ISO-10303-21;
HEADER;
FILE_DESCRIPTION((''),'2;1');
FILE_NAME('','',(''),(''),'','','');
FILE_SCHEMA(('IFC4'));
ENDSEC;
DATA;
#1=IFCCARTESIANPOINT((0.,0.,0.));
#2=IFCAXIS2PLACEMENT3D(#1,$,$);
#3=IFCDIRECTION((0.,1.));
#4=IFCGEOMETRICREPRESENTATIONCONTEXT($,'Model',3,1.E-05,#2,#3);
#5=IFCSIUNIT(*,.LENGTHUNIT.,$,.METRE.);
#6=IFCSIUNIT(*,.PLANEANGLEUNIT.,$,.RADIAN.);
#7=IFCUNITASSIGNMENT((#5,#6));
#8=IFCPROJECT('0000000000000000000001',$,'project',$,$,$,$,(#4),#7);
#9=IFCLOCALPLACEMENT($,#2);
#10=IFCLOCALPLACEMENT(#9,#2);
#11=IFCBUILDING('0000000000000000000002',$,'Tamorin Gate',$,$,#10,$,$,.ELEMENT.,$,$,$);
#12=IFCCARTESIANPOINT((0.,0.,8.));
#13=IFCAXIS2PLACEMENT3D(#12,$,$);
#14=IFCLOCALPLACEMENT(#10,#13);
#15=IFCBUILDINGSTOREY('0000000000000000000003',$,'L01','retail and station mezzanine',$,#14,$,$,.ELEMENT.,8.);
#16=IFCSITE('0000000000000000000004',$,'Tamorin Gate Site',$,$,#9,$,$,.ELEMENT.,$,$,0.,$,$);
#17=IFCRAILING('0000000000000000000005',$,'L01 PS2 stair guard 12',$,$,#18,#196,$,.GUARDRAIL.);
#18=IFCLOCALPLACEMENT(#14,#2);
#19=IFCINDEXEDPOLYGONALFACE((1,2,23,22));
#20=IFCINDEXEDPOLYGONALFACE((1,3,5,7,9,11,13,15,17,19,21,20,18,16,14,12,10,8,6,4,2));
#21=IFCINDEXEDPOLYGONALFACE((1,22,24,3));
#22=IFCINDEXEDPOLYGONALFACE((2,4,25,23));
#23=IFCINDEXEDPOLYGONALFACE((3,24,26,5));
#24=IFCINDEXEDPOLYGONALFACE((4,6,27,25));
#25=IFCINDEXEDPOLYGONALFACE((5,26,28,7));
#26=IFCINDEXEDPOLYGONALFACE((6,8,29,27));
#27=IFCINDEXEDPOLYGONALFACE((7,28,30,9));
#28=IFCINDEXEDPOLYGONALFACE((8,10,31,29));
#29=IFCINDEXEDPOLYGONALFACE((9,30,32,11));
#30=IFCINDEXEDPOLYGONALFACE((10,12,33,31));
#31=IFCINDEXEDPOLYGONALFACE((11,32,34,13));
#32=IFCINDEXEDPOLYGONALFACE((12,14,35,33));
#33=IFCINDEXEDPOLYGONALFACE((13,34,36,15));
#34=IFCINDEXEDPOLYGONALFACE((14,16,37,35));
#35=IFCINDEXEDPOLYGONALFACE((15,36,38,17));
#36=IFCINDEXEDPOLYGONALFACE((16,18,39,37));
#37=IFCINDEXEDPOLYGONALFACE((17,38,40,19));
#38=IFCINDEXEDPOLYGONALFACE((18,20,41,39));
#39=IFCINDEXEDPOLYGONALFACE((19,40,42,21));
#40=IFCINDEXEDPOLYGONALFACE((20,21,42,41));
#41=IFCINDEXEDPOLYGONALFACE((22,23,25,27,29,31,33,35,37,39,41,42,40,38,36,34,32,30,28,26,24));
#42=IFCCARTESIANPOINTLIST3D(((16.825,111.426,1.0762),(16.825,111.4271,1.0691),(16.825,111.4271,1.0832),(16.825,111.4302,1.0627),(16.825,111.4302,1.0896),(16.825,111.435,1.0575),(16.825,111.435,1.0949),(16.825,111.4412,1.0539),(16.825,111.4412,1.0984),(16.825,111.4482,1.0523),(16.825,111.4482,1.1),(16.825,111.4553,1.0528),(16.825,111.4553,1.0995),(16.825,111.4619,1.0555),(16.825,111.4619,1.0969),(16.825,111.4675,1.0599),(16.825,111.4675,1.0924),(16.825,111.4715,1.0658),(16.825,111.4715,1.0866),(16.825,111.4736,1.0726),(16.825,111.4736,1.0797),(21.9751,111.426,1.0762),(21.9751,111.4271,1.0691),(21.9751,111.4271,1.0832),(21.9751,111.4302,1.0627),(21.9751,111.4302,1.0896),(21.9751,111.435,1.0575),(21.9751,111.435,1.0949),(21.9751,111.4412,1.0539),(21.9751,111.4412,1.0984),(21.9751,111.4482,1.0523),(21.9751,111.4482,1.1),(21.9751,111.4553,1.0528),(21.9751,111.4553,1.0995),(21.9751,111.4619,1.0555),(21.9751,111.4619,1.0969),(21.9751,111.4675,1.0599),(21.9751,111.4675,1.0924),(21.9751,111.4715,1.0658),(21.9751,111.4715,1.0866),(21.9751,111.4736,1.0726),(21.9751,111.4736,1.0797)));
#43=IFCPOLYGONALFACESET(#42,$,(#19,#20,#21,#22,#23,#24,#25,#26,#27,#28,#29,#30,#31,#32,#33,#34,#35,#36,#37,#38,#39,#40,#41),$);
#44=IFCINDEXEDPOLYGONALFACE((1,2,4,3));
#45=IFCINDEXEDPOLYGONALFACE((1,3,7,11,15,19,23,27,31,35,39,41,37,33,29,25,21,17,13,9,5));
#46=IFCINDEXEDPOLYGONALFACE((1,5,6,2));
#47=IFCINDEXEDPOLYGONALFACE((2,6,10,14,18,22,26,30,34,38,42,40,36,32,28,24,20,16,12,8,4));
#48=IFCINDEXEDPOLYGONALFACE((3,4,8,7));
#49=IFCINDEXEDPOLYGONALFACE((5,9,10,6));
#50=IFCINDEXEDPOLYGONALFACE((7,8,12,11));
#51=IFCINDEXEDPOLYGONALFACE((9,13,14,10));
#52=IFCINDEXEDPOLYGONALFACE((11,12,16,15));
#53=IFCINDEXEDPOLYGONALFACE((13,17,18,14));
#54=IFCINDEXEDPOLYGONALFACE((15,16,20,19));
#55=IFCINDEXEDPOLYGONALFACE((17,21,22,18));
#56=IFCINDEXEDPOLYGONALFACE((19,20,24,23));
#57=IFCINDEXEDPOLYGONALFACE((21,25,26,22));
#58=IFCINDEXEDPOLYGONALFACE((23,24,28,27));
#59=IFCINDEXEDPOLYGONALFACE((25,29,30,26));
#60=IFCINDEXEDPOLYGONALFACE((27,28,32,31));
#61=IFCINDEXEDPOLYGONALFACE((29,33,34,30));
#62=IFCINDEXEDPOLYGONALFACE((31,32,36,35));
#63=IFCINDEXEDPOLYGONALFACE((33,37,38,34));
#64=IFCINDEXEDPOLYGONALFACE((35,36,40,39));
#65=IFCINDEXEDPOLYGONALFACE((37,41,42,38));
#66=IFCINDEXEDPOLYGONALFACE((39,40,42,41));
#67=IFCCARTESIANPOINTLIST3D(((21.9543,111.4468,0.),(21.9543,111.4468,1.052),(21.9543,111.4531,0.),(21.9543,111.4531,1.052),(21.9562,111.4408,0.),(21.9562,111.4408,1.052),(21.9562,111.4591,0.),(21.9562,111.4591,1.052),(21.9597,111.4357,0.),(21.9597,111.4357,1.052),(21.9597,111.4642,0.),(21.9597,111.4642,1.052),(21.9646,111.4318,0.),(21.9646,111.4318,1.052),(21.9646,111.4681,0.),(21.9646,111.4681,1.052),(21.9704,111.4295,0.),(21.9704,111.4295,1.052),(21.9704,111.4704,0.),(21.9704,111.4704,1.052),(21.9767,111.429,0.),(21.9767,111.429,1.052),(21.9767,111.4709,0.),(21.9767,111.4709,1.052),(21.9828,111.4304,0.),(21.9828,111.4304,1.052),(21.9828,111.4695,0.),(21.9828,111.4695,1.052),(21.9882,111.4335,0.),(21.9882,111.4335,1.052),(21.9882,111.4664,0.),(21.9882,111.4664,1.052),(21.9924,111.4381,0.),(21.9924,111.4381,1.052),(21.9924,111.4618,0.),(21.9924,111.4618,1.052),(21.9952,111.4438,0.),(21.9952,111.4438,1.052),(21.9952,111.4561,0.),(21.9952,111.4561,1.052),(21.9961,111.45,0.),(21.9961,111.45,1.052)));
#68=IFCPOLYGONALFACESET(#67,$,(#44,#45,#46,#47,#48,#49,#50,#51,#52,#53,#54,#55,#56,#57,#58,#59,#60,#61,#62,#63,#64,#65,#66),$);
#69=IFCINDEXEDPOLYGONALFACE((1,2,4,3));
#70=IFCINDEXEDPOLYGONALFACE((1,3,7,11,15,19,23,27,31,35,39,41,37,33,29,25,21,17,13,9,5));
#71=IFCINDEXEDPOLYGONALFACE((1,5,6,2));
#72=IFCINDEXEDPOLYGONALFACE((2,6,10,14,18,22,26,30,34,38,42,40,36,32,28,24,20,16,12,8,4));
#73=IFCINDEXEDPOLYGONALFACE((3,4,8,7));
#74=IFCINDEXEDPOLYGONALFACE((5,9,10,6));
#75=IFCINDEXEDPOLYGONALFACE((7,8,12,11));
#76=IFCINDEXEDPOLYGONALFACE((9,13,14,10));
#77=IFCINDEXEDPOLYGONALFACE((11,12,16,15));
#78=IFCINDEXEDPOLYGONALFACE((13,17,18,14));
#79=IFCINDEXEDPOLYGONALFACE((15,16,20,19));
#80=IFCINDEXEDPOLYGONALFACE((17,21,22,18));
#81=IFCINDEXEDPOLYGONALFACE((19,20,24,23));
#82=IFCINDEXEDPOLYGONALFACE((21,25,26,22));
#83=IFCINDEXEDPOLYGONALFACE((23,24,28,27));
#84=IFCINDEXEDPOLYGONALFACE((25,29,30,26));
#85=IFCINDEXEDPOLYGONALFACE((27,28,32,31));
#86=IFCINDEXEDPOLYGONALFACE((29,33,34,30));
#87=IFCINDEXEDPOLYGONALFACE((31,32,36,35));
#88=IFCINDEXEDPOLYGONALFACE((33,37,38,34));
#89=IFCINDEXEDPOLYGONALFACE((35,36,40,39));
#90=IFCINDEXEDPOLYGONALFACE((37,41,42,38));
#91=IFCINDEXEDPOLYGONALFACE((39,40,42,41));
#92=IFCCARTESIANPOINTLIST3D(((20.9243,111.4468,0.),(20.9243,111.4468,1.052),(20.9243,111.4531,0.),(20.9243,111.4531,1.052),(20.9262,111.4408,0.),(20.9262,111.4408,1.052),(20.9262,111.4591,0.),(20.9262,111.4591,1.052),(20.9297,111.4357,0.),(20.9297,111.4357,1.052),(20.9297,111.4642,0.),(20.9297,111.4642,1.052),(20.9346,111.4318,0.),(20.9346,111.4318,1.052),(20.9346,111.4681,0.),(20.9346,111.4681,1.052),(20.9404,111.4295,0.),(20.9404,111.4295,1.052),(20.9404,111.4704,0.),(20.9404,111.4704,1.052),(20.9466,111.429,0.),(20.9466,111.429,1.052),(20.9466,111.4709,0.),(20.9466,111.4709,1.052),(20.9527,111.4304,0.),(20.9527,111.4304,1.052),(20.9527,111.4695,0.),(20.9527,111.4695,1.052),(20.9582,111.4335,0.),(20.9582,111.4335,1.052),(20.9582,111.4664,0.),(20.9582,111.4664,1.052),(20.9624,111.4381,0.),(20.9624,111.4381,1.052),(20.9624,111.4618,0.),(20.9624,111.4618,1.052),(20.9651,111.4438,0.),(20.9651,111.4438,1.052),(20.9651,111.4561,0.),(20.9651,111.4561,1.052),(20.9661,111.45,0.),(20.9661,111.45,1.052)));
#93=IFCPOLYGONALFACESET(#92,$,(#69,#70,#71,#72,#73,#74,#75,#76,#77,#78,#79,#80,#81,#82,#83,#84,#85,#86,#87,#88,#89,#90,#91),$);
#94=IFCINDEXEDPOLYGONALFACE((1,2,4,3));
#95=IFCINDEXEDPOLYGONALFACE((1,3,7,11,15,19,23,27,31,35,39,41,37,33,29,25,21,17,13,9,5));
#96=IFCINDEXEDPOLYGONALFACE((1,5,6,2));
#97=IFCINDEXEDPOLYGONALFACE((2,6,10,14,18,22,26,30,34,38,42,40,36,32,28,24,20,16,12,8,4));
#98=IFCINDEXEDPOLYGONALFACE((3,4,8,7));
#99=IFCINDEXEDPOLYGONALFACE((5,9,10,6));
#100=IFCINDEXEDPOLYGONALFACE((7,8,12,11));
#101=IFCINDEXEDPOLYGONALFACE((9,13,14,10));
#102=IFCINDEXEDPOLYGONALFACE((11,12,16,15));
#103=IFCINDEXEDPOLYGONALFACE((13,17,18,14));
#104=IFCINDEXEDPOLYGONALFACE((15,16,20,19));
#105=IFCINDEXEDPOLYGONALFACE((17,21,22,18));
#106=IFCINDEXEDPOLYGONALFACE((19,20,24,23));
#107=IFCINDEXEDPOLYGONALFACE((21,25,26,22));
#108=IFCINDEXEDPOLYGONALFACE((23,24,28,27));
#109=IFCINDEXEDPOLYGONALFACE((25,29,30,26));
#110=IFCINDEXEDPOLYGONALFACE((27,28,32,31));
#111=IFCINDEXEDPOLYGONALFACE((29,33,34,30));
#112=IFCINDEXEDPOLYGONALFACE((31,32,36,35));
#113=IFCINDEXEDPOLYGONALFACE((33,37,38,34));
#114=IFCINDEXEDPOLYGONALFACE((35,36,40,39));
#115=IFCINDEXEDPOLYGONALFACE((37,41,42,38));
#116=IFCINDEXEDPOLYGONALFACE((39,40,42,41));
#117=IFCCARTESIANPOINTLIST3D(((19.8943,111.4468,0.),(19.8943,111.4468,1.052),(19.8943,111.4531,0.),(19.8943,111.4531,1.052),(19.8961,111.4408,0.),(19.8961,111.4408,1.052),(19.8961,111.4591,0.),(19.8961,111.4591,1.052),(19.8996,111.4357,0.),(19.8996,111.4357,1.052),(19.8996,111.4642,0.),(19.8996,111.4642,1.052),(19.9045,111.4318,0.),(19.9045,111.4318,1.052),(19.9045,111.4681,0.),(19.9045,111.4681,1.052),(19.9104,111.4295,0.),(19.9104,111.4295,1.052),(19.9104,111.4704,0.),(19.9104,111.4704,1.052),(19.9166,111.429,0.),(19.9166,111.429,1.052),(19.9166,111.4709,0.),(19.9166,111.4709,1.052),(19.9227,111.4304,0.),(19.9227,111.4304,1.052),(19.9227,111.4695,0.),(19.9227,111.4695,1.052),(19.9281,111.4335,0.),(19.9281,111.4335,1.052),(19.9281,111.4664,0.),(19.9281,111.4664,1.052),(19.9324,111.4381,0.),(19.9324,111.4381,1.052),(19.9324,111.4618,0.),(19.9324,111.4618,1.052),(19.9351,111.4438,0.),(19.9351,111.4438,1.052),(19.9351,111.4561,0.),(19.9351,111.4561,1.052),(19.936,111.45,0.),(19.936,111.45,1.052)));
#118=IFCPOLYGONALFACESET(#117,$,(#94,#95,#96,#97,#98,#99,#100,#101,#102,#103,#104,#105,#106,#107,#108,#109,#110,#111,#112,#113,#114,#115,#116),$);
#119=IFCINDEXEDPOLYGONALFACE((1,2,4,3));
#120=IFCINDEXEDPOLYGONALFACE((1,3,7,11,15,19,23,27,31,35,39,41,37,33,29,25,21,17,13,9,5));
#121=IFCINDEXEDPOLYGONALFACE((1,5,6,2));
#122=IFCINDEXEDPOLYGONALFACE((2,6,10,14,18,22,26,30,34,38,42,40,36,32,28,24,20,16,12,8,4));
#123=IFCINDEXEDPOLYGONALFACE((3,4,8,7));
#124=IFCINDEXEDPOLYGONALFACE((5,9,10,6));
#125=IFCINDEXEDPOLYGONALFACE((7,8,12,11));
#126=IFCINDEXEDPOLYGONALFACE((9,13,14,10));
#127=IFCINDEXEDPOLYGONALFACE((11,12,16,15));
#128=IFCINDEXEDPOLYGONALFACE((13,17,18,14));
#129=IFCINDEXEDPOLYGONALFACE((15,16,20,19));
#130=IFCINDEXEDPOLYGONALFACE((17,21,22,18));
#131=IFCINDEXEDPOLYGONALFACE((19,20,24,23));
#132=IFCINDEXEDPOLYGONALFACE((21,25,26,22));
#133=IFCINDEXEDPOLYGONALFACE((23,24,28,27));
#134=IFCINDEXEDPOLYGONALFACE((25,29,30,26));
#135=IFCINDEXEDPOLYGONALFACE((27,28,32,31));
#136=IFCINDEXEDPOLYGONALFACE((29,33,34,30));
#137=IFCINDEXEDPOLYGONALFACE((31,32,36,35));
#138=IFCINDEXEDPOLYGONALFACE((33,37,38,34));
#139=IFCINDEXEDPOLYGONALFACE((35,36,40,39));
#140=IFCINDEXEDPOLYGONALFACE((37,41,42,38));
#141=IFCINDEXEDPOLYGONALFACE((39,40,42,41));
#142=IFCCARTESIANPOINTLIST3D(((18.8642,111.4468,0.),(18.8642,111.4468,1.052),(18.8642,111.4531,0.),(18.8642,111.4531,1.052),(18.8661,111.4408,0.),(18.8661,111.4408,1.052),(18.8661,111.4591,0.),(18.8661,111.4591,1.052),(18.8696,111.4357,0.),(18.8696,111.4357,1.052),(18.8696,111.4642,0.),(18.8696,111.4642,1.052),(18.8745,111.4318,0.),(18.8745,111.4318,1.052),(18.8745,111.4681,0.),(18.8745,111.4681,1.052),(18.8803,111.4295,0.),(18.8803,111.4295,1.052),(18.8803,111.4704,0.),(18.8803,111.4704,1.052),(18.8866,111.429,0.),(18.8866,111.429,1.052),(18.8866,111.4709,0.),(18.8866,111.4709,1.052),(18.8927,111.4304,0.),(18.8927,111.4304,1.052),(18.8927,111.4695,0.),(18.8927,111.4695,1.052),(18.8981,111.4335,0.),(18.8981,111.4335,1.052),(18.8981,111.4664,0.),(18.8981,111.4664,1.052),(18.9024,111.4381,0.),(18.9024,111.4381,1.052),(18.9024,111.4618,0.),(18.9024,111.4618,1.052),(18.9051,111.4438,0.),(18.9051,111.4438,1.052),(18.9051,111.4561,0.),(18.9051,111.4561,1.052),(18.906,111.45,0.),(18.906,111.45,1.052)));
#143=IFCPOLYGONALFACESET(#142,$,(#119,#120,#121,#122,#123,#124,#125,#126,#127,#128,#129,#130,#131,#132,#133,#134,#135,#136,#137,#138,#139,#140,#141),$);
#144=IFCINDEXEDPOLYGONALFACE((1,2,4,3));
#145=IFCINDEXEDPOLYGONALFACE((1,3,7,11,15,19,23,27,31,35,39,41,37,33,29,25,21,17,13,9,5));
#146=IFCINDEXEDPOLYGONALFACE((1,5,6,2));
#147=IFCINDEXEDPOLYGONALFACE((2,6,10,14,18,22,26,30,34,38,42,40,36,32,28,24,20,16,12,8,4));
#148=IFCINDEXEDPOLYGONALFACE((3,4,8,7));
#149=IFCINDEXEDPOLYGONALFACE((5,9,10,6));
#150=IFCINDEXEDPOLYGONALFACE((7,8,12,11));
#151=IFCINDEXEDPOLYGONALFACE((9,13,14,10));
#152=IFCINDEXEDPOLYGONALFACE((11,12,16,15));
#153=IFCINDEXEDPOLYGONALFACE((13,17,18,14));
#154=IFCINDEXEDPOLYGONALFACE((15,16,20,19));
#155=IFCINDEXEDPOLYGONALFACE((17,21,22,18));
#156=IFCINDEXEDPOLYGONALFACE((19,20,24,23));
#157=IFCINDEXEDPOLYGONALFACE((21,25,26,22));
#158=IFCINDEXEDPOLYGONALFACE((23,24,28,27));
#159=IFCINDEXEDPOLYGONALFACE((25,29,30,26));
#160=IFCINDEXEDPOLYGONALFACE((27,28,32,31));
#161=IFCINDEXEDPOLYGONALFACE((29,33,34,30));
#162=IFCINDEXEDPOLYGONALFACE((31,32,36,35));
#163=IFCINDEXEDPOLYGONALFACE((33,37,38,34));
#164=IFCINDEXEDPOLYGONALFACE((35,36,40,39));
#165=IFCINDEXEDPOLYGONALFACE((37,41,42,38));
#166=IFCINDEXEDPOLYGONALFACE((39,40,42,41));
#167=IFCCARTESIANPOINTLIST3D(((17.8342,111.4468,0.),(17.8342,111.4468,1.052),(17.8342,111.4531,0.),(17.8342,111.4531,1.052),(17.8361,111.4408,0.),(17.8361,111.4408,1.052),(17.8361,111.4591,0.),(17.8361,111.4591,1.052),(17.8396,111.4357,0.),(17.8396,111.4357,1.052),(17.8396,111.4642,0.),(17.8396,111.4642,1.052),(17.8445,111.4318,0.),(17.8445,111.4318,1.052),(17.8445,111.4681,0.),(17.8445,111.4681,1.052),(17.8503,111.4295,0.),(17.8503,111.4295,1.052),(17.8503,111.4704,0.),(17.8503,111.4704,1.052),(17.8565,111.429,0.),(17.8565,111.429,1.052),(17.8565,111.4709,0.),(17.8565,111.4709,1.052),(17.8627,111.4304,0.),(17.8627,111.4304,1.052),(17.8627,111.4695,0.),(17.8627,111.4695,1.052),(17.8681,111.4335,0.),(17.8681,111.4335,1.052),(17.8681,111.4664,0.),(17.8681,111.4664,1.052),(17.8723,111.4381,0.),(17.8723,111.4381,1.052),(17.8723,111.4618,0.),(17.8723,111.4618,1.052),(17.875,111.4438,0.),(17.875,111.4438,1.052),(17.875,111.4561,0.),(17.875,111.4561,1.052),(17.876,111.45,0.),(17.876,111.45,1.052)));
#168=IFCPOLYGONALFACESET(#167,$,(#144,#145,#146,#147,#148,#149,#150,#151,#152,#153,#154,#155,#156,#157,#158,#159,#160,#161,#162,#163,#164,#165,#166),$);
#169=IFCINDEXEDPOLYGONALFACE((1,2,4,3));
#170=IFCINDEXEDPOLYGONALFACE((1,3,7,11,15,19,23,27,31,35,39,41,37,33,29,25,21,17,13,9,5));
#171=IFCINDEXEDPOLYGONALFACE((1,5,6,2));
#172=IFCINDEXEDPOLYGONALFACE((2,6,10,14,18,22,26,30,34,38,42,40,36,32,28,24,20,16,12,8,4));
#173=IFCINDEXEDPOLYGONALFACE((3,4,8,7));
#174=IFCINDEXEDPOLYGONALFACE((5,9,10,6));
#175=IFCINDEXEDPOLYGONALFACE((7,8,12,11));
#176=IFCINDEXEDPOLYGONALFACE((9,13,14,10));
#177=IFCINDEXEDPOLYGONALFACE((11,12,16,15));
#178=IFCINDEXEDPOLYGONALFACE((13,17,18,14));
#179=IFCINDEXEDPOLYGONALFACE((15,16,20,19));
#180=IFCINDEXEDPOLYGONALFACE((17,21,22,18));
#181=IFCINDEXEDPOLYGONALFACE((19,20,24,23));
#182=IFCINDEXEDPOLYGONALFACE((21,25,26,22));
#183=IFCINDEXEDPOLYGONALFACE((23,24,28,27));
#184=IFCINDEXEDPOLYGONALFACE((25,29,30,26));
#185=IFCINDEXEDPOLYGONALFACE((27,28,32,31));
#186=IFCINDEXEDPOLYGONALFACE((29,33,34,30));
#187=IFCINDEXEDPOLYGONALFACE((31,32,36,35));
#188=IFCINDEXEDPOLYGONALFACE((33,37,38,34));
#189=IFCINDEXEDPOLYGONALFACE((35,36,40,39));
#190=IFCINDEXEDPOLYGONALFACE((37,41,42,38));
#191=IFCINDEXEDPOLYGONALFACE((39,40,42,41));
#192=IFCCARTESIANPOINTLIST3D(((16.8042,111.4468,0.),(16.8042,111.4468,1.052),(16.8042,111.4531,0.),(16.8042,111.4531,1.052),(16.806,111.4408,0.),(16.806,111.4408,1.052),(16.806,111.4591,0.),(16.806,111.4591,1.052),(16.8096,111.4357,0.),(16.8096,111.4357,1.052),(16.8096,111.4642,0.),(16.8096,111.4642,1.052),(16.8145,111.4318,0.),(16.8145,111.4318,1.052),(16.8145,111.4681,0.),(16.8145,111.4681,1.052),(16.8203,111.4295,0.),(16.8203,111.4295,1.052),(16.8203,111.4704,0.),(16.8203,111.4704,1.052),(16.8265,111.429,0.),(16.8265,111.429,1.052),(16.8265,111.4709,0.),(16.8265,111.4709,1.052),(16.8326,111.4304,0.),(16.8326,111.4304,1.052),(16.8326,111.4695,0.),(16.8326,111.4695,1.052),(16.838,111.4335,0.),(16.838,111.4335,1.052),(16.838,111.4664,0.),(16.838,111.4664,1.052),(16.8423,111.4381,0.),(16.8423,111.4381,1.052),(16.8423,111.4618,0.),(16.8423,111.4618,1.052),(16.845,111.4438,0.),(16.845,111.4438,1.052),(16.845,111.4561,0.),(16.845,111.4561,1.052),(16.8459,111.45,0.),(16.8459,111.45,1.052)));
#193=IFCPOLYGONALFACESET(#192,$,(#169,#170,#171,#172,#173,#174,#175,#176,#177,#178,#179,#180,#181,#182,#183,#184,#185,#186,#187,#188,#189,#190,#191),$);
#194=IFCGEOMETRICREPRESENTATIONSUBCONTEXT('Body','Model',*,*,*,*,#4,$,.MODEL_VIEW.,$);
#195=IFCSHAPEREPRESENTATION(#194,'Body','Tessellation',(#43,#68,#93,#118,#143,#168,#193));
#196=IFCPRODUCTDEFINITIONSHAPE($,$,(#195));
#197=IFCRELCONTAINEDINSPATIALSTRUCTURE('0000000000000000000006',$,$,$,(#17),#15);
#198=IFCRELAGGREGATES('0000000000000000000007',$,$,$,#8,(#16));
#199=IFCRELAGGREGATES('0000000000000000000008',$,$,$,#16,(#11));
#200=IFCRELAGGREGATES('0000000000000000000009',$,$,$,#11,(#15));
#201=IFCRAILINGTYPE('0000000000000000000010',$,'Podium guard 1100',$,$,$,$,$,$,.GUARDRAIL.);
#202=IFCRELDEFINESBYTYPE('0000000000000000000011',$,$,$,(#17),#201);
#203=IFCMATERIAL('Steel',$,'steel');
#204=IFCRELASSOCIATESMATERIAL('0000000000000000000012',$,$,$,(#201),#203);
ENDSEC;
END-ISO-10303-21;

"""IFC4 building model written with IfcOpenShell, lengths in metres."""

from ifc_helpers import new_model, si_unit, direction, frame, origin, origin_2d, place, context, subcontext, project, spatial, circle, extrude, material, type_object, element, save


model = new_model("IFC4")

# Units and contexts
model_context = context("Model", 3, precision=1e-05, world=origin(), true_north=direction((0.0, 1.0)))
body_context = subcontext(model_context, "Body", "Model", "MODEL_VIEW")
ifc_project = project(units=[si_unit("LENGTHUNIT", "METRE"), si_unit("PLANEANGLEUNIT", "RADIAN")], contexts=[model_context])

# Site, building, storey
site_placement = place(None, origin())
site = spatial("IfcSite", under=ifc_project, at=site_placement, Name="Tamorin Gate Site", CompositionType="ELEMENT", RefElevation=0.0)
building_placement = place(site_placement, origin())
building = spatial("IfcBuilding", under=site, at=building_placement, Name="Tamorin Gate", CompositionType="ELEMENT")
storey_placement = place(building_placement, frame((0.0, 0.0, 8.0)))
storey = spatial("IfcBuildingStorey", under=building, at=storey_placement, Name="L01", Description="retail and station mezzanine", CompositionType="ELEMENT", Elevation=8.0)

# Railing
ifc_material_1 = material(Name="Steel", Category="steel")
railing_type = type_object("IfcRailingType", Name="Podium guard 1100", PredefinedType="GUARDRAIL", material=ifc_material_1)
railing_1_placement = place(storey_placement, frame((21.9751, 111.45, 0.0)))
element("IfcRailing", 1, at=railing_1_placement, inside=storey, type_object=railing_type, Name="L01 PS2 stair guard 12", PredefinedType="GUARDRAIL", context=body_context, shape_type="SweptSolid", body=[
    extrude(circle(Radius=0.0239, at=origin_2d()), frame((0.0, 0.0, 1.0762), z_axis=(-1.0, 0.0, 0.0), x_axis=(0.0, -1.0, 0.0)), (0.0, 0.0, 1.0), 5.1501),
    extrude(circle(Radius=0.021, at=origin_2d()), origin(), (0.0, 0.0, 1.0), 1.052),
    extrude(circle(Radius=0.021, at=origin_2d()), frame((-1.03, 0.0, 0.0)), (0.0, 0.0, 1.0), 1.052),
    extrude(circle(Radius=0.021, at=origin_2d()), frame((-2.0601, 0.0, 0.0)), (0.0, 0.0, 1.0), 1.052),
    extrude(circle(Radius=0.021, at=origin_2d()), frame((-3.0901, 0.0, 0.0)), (0.0, 0.0, 1.0), 1.052),
    extrude(circle(Radius=0.021, at=origin_2d()), frame((-4.1201, 0.0, 0.0)), (0.0, 0.0, 1.0), 1.052),
    extrude(circle(Radius=0.021, at=origin_2d()), frame((-5.1501, 0.0, 0.0)), (0.0, 0.0, 1.0), 1.052),
])

save(model, "model.ifc")
